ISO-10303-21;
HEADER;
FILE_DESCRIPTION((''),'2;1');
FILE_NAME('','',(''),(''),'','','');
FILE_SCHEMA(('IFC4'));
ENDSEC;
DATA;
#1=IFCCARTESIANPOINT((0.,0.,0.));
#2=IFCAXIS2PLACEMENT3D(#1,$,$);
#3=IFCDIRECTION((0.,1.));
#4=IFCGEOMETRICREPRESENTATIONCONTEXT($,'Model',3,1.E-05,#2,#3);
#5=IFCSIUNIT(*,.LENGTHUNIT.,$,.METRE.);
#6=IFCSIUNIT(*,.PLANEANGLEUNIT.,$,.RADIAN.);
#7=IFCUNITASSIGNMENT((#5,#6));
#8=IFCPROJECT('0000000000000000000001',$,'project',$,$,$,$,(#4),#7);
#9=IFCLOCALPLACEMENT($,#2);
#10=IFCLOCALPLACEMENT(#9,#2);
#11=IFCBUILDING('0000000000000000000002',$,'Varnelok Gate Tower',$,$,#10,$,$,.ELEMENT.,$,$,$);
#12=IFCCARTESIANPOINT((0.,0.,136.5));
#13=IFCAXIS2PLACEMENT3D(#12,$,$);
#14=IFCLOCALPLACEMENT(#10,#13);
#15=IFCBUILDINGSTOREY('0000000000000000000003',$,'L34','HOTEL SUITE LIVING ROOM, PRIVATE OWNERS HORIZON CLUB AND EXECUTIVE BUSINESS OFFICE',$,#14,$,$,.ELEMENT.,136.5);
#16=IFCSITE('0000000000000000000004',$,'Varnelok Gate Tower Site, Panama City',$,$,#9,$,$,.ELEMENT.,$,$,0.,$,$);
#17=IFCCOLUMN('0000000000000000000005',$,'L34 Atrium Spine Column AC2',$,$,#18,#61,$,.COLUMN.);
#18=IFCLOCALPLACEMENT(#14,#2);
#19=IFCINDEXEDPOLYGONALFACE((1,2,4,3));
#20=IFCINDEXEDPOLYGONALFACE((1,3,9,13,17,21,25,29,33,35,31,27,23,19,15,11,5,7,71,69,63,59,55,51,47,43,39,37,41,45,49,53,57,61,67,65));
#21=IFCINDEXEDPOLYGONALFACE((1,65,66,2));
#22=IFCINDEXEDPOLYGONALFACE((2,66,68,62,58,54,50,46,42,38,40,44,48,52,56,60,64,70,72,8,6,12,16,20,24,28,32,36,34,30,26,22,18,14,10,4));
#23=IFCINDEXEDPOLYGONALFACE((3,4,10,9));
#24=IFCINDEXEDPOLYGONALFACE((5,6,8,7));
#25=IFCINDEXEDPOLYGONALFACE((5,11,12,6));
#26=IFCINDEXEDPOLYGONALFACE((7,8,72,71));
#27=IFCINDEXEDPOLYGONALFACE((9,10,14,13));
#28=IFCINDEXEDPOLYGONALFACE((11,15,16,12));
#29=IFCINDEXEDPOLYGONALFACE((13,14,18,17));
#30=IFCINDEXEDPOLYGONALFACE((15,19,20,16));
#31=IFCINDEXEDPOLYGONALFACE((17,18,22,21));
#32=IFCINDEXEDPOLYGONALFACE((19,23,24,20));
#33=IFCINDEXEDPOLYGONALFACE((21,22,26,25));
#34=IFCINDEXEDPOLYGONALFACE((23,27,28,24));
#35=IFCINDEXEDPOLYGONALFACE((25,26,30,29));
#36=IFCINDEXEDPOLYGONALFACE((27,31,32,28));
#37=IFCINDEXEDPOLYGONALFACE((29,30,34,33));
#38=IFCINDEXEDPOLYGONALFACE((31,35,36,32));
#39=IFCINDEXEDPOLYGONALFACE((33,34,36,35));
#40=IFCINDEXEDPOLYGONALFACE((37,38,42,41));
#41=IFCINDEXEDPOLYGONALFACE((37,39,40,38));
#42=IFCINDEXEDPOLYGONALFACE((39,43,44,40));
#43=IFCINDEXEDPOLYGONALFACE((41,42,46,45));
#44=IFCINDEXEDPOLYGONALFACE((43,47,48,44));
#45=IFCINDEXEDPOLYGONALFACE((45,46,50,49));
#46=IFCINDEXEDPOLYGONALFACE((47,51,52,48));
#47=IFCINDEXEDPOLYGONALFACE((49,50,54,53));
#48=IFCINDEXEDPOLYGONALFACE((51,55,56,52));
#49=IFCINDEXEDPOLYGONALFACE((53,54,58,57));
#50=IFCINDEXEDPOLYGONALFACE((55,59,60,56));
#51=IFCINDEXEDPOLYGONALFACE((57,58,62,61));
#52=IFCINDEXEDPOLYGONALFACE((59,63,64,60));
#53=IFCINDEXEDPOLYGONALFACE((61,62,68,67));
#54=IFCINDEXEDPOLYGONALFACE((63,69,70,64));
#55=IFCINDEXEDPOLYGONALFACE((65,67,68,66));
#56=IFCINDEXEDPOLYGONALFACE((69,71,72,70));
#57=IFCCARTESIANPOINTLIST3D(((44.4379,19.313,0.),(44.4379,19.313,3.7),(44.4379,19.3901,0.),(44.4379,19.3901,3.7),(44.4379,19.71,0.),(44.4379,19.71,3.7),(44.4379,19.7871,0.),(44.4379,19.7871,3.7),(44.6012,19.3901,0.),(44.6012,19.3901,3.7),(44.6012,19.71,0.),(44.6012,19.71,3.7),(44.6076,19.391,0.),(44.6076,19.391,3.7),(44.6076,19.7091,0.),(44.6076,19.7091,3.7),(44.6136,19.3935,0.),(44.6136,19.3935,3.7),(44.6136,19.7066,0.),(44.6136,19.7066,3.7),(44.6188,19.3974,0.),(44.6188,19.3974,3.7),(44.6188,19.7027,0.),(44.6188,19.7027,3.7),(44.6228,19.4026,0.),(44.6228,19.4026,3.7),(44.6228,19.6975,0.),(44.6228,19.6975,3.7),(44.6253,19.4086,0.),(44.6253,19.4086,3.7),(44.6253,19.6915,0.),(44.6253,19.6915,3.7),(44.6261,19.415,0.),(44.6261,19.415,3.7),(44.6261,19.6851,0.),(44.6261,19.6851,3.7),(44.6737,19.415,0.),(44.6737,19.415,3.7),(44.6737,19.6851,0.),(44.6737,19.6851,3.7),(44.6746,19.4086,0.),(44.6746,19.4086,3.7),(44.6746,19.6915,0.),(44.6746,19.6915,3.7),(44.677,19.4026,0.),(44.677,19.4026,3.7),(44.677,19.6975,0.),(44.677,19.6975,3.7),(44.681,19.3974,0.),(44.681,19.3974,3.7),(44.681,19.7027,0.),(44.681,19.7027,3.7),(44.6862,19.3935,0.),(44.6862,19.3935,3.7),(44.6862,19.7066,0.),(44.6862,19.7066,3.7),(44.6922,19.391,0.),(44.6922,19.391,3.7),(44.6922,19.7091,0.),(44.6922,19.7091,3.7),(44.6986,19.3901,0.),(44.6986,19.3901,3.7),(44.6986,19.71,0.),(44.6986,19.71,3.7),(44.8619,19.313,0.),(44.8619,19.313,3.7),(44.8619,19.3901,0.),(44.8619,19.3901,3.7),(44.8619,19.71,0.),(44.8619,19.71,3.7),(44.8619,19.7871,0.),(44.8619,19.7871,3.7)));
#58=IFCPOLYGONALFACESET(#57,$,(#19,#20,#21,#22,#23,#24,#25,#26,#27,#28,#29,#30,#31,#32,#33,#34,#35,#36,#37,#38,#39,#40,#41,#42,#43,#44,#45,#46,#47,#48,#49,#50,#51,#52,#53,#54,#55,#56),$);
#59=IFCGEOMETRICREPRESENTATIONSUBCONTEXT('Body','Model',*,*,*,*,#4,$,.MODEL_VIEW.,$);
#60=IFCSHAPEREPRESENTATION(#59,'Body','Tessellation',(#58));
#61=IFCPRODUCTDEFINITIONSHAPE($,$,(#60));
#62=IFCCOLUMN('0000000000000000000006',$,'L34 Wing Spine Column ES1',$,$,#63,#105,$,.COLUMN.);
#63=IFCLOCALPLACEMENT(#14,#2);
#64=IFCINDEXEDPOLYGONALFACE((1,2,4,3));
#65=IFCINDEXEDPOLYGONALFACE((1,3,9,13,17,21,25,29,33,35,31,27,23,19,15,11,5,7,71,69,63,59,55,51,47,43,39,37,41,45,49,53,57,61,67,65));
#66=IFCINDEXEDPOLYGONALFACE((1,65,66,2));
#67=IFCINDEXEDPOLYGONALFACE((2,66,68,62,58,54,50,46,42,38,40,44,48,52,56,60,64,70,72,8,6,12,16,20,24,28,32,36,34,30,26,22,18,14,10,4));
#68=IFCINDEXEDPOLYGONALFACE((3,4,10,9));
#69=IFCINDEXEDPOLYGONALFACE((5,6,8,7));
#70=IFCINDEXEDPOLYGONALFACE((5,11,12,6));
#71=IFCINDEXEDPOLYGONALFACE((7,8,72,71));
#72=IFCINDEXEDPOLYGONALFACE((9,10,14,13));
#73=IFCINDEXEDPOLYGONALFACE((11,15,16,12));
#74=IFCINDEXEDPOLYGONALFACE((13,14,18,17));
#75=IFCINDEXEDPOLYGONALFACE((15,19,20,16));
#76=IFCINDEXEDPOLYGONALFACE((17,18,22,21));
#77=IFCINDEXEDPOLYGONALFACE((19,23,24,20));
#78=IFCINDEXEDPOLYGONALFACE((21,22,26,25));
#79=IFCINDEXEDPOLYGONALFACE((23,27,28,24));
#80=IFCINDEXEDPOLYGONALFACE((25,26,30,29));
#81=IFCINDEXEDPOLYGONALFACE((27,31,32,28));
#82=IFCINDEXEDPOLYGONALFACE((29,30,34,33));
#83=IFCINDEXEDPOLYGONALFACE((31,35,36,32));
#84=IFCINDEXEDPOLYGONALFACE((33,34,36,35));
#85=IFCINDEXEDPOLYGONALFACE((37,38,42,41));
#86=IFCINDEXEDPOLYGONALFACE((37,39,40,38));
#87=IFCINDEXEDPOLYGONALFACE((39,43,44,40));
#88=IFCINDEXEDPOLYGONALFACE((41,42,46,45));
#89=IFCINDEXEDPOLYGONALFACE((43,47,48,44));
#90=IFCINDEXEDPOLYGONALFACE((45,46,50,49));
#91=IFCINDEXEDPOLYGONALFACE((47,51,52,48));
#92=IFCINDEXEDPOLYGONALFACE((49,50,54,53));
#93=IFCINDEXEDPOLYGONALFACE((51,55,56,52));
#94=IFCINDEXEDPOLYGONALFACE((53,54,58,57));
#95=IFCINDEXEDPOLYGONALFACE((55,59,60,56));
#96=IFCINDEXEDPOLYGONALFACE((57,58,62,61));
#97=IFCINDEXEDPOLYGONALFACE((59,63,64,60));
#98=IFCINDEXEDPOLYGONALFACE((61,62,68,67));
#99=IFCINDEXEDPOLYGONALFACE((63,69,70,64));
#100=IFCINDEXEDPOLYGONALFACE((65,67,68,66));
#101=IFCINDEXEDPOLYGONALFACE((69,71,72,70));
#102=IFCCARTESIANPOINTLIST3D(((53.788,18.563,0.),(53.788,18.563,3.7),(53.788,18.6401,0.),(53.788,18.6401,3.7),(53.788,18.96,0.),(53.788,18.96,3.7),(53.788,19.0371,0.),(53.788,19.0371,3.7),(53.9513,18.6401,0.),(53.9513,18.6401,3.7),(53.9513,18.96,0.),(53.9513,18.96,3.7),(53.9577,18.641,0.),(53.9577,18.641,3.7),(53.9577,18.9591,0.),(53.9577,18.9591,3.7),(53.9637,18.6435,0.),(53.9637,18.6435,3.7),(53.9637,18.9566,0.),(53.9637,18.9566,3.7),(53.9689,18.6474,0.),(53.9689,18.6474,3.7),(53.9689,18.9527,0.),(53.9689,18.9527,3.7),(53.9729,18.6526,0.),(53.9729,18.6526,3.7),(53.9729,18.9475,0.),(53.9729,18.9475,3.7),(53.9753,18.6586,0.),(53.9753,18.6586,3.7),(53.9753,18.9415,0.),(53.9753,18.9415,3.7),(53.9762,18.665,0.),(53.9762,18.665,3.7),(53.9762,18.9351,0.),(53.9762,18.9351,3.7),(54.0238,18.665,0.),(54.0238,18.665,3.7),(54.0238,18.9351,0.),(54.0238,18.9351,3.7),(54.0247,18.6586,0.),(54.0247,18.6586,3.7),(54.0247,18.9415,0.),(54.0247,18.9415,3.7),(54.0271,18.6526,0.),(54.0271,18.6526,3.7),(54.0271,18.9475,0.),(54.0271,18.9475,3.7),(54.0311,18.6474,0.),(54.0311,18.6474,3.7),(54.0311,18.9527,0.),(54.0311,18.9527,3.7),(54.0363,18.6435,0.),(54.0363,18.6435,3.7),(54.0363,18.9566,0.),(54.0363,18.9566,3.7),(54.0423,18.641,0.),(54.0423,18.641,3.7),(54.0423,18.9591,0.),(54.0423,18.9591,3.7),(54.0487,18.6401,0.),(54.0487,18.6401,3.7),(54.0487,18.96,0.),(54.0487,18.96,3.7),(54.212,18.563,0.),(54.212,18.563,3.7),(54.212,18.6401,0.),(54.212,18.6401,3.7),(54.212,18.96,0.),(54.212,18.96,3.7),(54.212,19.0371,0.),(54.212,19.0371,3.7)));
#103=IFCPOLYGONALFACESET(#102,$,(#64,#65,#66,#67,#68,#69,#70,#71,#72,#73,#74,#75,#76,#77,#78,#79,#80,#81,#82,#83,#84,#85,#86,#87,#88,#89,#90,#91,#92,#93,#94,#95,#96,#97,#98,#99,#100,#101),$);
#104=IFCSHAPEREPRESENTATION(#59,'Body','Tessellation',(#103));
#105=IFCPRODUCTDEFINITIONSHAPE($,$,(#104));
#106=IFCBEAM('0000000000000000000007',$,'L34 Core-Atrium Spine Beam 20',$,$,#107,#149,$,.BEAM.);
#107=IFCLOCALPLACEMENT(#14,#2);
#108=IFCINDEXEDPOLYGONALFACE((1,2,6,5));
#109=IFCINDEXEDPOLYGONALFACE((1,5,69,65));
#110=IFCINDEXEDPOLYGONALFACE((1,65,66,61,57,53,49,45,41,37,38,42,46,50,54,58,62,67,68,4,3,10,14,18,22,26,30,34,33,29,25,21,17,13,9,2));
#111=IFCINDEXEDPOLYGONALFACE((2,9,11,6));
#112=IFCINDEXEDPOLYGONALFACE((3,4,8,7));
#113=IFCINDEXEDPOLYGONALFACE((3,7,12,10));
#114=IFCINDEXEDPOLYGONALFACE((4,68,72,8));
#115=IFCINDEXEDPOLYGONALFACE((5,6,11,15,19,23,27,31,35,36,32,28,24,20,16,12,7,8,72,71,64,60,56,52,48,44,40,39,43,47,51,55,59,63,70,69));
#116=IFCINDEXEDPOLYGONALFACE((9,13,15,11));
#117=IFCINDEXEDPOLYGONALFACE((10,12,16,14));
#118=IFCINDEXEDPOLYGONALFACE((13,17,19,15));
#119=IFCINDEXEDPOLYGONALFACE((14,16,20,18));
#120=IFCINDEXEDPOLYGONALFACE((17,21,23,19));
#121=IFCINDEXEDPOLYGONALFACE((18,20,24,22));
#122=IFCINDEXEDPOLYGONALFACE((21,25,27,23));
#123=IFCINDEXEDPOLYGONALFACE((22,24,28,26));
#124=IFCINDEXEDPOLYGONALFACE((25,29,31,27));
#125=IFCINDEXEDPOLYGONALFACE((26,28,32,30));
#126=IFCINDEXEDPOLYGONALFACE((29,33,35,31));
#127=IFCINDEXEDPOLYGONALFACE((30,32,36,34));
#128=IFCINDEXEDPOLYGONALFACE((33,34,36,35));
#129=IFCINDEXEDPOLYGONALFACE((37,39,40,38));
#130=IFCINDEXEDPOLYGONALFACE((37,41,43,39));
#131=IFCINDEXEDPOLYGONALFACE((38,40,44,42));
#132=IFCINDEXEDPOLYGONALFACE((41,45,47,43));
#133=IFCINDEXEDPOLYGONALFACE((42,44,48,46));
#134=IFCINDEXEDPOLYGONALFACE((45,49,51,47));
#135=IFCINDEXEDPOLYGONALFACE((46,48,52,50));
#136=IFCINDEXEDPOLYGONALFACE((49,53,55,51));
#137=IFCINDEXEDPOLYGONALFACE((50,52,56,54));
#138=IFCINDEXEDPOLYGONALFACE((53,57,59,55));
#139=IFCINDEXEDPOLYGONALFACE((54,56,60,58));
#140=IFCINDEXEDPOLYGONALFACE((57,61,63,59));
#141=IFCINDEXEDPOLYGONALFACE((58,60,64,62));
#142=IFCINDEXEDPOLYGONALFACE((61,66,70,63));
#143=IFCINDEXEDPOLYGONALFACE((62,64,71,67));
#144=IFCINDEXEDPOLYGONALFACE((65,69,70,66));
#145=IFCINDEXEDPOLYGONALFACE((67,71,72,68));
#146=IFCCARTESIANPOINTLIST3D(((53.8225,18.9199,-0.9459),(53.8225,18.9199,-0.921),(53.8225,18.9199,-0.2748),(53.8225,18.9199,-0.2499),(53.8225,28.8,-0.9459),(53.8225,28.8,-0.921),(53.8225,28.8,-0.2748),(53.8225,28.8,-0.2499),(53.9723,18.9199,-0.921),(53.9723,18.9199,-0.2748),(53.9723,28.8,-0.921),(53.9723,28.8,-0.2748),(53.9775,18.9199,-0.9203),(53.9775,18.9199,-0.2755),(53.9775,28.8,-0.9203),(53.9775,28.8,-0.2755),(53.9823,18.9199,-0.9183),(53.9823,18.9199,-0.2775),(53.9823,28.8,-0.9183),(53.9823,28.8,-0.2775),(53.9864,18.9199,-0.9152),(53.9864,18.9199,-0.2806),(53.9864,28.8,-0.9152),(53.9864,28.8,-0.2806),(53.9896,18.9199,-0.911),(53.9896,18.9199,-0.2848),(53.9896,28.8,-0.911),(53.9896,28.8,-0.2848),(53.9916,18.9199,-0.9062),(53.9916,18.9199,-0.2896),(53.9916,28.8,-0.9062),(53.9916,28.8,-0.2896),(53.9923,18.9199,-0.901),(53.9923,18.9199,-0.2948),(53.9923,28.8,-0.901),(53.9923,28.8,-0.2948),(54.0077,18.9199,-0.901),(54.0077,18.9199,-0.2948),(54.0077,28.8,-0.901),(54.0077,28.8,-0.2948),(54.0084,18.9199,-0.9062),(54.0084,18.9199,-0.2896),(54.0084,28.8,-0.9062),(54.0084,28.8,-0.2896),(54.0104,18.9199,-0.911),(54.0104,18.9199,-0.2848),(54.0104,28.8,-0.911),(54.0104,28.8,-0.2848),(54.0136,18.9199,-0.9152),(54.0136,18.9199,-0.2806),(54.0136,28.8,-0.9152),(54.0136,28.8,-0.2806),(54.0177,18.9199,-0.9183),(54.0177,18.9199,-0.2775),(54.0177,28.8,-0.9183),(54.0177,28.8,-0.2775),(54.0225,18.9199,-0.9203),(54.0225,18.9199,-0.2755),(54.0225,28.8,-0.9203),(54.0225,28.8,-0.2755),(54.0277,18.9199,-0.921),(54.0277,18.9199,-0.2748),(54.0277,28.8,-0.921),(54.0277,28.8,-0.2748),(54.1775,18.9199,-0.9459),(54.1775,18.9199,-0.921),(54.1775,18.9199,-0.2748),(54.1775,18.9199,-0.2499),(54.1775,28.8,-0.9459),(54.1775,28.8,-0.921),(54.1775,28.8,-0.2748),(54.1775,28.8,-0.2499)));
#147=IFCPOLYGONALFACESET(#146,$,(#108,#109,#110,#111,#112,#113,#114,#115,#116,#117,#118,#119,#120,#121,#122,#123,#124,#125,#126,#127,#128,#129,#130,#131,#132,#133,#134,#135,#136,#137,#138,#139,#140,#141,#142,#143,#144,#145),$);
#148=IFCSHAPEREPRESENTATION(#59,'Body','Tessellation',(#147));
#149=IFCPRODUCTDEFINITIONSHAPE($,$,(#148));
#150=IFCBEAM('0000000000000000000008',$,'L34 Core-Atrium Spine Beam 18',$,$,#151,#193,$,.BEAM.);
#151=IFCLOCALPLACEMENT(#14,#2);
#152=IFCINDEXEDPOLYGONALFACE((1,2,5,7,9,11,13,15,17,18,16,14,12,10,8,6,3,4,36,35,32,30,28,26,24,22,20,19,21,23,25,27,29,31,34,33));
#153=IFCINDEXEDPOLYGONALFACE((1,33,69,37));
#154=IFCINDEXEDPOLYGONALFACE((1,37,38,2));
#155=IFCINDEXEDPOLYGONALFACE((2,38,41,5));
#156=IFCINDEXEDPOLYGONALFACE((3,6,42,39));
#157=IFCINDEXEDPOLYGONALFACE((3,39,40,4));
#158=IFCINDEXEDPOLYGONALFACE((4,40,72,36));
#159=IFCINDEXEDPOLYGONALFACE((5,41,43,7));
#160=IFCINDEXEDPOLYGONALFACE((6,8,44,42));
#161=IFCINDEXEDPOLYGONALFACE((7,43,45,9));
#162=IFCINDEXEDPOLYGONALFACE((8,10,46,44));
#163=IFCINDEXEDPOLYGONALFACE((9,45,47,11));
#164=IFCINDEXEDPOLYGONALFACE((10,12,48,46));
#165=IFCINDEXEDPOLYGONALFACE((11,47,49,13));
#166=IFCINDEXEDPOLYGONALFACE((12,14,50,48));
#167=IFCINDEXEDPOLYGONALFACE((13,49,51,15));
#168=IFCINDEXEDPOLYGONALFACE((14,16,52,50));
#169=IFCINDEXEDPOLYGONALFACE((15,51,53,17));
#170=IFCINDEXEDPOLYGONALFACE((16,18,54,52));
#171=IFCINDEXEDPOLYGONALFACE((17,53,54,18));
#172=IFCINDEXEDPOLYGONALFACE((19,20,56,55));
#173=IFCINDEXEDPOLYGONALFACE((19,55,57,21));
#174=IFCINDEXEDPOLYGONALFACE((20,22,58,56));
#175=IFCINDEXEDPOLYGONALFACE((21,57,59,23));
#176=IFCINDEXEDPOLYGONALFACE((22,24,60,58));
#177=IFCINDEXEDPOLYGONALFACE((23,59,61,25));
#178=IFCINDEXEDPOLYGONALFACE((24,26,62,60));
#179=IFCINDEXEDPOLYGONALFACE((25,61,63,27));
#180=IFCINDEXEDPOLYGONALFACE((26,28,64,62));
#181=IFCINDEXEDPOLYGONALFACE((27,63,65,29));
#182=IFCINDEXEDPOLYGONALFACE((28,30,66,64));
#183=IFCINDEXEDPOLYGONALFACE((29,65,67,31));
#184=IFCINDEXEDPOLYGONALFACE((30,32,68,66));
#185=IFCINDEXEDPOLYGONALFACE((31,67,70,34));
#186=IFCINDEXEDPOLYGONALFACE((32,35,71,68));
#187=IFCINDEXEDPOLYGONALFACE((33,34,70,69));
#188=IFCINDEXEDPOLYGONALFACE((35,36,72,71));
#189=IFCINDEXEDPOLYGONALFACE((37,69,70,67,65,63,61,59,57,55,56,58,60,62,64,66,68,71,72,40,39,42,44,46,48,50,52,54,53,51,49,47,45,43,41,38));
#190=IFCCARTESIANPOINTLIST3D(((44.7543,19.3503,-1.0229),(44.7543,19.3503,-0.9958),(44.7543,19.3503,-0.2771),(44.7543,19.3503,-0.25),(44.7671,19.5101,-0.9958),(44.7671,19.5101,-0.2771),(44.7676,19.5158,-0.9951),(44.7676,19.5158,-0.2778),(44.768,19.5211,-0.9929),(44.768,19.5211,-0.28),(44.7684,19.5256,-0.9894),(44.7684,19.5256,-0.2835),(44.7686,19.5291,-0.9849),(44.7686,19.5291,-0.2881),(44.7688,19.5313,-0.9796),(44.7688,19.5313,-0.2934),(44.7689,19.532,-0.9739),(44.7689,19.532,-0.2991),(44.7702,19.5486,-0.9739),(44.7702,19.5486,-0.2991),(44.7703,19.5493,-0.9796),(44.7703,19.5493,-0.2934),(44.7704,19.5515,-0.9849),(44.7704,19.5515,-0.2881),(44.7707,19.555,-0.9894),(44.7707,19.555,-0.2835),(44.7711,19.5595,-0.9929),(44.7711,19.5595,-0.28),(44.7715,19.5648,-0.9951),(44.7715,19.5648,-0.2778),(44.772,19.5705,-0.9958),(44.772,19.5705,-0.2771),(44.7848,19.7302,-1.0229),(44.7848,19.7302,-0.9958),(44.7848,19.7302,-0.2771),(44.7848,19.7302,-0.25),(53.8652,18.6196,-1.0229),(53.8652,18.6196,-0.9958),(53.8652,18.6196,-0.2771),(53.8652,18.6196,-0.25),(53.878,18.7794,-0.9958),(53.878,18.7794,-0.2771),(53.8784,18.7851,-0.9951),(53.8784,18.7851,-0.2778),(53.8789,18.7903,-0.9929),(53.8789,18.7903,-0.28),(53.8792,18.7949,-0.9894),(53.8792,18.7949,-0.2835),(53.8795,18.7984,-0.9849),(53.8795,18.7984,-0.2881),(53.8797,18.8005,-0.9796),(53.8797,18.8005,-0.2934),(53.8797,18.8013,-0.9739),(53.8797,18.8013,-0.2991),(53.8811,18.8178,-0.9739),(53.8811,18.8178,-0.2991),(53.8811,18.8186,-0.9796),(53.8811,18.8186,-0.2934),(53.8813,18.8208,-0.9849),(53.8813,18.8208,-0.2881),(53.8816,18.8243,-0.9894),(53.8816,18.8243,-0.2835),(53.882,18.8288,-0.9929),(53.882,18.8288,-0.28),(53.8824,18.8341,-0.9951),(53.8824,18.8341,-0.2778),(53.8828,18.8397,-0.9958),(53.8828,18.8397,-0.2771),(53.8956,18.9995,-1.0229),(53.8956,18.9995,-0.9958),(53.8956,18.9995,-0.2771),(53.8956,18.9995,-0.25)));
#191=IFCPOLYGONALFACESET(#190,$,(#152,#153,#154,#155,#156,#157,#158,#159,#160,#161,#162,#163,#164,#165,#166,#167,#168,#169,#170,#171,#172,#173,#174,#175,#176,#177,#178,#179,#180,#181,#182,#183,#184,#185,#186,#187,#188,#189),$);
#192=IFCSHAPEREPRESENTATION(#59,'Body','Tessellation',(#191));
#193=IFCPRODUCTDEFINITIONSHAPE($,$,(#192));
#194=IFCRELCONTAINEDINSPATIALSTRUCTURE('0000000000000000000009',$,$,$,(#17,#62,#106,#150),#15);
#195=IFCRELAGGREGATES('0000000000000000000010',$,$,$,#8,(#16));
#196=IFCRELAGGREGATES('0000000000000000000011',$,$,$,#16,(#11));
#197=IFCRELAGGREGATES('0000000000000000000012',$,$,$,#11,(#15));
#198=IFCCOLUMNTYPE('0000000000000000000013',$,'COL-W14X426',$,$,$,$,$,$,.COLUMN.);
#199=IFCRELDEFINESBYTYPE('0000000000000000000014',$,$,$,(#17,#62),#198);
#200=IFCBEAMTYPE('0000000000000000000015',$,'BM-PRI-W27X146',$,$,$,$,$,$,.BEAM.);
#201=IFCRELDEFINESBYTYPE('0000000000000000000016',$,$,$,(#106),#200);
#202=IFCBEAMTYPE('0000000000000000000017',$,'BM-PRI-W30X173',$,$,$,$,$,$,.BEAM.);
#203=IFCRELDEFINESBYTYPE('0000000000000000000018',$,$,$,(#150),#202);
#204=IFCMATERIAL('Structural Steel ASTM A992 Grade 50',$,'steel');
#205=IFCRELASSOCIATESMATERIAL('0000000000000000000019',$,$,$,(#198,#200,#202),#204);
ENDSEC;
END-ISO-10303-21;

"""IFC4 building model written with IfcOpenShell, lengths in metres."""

from ifc_helpers import new_model, si_unit, direction, frame, origin, origin_2d, place, context, subcontext, project, spatial, i_section, extrude, material, material_profile, profile_set, type_object, element, save


model = new_model("IFC4")

# Units and contexts
model_context = context("Model", 3, precision=1e-05, world=origin(), true_north=direction((0.0, 1.0)))
body_context = subcontext(model_context, "Body", "Model", "MODEL_VIEW")
ifc_project = project(units=[si_unit("LENGTHUNIT", "METRE"), si_unit("PLANEANGLEUNIT", "RADIAN")], contexts=[model_context])

# Site, building, storey
site_placement = place(None, origin())
site = spatial("IfcSite", under=ifc_project, at=site_placement, Name="Varnelok Gate Tower Site, Panama City", CompositionType="ELEMENT", RefElevation=0.0)
building_placement = place(site_placement, origin())
building = spatial("IfcBuilding", under=site, at=building_placement, Name="Varnelok Gate Tower", CompositionType="ELEMENT")
storey_placement = place(building_placement, frame((0.0, 0.0, 136.5)))
storey = spatial("IfcBuildingStorey", under=building, at=storey_placement, Name="L34", Description="HOTEL SUITE LIVING ROOM, PRIVATE OWNERS HORIZON CLUB AND EXECUTIVE BUSINESS OFFICE", CompositionType="ELEMENT", Elevation=136.5)

# Columns
ifc_material_1 = material(Name="Structural Steel ASTM A992 Grade 50", Category="steel")
ifc_material_profile_1 = material_profile(ifc_material_1, i_section(OverallWidth=0.4241, OverallDepth=0.4741, WebThickness=0.0476, FlangeThickness=0.0771, FilletRadius=0.0249, at=origin_2d()), Name="W14X426")
ifc_profile_set_1 = profile_set([ifc_material_profile_1], Name="Structural Steel ASTM A992 Grade 50")
column_type = type_object("IfcColumnType", Name="COL-W14X426", PredefinedType="COLUMN", material=ifc_profile_set_1)
for number, where, z_axis, x_axis, name in (
    (1, (44.6499, 19.55, 0.0), (0.0, 0.0, 1.0), (1.0, 0.0, 0.0), "L34 Atrium Spine Column AC2"),
    (2, (54.0, 18.8, 0.0), (0.0, 0.0, 1.0), (1.0, 0.0, 0.0), "L34 Wing Spine Column ES1"),
):
    element("IfcColumn", number, at=place(storey_placement, frame(where, z_axis=z_axis, x_axis=x_axis)), inside=storey, type_object=column_type, Name=name, PredefinedType="COLUMN", context=body_context, shape_type="SweptSolid", body=[
        extrude(i_section(OverallWidth=0.4241, OverallDepth=0.4741, WebThickness=0.0476, FlangeThickness=0.0771, FilletRadius=0.0249, at=origin_2d()), origin(), (0.0, 0.0, 1.0), 3.7),
    ])

# Beams
ifc_material_profile_2 = material_profile(ifc_material_1, i_section(OverallWidth=0.355, OverallDepth=0.696, WebThickness=0.0154, FlangeThickness=0.0249, FilletRadius=0.02, at=origin_2d()), Name="W27X146")
ifc_profile_set_2 = profile_set([ifc_material_profile_2], Name="Structural Steel ASTM A992 Grade 50")
beam_type_1 = type_object("IfcBeamType", Name="BM-PRI-W27X146", PredefinedType="BEAM", material=ifc_profile_set_2)
beam_1_placement = place(storey_placement, frame((54.0, 18.9199, -0.5979), z_axis=(0.0, 1.0, 0.0), x_axis=(-1.0, 0.0, 0.0)))
element("IfcBeam", 3, at=beam_1_placement, inside=storey, type_object=beam_type_1, Name="L34 Core-Atrium Spine Beam 20", PredefinedType="BEAM", context=body_context, shape_type="SweptSolid", body=[
    extrude(i_section(OverallWidth=0.355, OverallDepth=0.696, WebThickness=0.0154, FlangeThickness=0.0249, FilletRadius=0.02, at=origin_2d()), origin(), (0.0, 0.0, 1.0), 9.8801),
])
ifc_material_profile_3 = material_profile(ifc_material_1, i_section(OverallWidth=0.3811, OverallDepth=0.7729, WebThickness=0.0166, FlangeThickness=0.0271, FilletRadius=0.022, at=origin_2d()), Name="W30X173")
ifc_profile_set_3 = profile_set([ifc_material_profile_3], Name="Structural Steel ASTM A992 Grade 50")
beam_type_2 = type_object("IfcBeamType", Name="BM-PRI-W30X173", PredefinedType="BEAM", material=ifc_profile_set_3)
beam_2_placement = place(storey_placement, frame((44.7695, 19.5403, -0.6365), z_axis=(0.996799, -0.079946, 0.0), x_axis=(0.079946, 0.996799, 0.0)))
element("IfcBeam", 4, at=beam_2_placement, inside=storey, type_object=beam_type_2, Name="L34 Core-Atrium Spine Beam 18", PredefinedType="BEAM", context=body_context, shape_type="SweptSolid", body=[
    extrude(i_section(OverallWidth=0.3811, OverallDepth=0.7729, WebThickness=0.0166, FlangeThickness=0.0271, FilletRadius=0.022, at=origin_2d()), origin(), (0.0, 0.0, 1.0), 9.1401),
])

save(model, "model.ifc")
